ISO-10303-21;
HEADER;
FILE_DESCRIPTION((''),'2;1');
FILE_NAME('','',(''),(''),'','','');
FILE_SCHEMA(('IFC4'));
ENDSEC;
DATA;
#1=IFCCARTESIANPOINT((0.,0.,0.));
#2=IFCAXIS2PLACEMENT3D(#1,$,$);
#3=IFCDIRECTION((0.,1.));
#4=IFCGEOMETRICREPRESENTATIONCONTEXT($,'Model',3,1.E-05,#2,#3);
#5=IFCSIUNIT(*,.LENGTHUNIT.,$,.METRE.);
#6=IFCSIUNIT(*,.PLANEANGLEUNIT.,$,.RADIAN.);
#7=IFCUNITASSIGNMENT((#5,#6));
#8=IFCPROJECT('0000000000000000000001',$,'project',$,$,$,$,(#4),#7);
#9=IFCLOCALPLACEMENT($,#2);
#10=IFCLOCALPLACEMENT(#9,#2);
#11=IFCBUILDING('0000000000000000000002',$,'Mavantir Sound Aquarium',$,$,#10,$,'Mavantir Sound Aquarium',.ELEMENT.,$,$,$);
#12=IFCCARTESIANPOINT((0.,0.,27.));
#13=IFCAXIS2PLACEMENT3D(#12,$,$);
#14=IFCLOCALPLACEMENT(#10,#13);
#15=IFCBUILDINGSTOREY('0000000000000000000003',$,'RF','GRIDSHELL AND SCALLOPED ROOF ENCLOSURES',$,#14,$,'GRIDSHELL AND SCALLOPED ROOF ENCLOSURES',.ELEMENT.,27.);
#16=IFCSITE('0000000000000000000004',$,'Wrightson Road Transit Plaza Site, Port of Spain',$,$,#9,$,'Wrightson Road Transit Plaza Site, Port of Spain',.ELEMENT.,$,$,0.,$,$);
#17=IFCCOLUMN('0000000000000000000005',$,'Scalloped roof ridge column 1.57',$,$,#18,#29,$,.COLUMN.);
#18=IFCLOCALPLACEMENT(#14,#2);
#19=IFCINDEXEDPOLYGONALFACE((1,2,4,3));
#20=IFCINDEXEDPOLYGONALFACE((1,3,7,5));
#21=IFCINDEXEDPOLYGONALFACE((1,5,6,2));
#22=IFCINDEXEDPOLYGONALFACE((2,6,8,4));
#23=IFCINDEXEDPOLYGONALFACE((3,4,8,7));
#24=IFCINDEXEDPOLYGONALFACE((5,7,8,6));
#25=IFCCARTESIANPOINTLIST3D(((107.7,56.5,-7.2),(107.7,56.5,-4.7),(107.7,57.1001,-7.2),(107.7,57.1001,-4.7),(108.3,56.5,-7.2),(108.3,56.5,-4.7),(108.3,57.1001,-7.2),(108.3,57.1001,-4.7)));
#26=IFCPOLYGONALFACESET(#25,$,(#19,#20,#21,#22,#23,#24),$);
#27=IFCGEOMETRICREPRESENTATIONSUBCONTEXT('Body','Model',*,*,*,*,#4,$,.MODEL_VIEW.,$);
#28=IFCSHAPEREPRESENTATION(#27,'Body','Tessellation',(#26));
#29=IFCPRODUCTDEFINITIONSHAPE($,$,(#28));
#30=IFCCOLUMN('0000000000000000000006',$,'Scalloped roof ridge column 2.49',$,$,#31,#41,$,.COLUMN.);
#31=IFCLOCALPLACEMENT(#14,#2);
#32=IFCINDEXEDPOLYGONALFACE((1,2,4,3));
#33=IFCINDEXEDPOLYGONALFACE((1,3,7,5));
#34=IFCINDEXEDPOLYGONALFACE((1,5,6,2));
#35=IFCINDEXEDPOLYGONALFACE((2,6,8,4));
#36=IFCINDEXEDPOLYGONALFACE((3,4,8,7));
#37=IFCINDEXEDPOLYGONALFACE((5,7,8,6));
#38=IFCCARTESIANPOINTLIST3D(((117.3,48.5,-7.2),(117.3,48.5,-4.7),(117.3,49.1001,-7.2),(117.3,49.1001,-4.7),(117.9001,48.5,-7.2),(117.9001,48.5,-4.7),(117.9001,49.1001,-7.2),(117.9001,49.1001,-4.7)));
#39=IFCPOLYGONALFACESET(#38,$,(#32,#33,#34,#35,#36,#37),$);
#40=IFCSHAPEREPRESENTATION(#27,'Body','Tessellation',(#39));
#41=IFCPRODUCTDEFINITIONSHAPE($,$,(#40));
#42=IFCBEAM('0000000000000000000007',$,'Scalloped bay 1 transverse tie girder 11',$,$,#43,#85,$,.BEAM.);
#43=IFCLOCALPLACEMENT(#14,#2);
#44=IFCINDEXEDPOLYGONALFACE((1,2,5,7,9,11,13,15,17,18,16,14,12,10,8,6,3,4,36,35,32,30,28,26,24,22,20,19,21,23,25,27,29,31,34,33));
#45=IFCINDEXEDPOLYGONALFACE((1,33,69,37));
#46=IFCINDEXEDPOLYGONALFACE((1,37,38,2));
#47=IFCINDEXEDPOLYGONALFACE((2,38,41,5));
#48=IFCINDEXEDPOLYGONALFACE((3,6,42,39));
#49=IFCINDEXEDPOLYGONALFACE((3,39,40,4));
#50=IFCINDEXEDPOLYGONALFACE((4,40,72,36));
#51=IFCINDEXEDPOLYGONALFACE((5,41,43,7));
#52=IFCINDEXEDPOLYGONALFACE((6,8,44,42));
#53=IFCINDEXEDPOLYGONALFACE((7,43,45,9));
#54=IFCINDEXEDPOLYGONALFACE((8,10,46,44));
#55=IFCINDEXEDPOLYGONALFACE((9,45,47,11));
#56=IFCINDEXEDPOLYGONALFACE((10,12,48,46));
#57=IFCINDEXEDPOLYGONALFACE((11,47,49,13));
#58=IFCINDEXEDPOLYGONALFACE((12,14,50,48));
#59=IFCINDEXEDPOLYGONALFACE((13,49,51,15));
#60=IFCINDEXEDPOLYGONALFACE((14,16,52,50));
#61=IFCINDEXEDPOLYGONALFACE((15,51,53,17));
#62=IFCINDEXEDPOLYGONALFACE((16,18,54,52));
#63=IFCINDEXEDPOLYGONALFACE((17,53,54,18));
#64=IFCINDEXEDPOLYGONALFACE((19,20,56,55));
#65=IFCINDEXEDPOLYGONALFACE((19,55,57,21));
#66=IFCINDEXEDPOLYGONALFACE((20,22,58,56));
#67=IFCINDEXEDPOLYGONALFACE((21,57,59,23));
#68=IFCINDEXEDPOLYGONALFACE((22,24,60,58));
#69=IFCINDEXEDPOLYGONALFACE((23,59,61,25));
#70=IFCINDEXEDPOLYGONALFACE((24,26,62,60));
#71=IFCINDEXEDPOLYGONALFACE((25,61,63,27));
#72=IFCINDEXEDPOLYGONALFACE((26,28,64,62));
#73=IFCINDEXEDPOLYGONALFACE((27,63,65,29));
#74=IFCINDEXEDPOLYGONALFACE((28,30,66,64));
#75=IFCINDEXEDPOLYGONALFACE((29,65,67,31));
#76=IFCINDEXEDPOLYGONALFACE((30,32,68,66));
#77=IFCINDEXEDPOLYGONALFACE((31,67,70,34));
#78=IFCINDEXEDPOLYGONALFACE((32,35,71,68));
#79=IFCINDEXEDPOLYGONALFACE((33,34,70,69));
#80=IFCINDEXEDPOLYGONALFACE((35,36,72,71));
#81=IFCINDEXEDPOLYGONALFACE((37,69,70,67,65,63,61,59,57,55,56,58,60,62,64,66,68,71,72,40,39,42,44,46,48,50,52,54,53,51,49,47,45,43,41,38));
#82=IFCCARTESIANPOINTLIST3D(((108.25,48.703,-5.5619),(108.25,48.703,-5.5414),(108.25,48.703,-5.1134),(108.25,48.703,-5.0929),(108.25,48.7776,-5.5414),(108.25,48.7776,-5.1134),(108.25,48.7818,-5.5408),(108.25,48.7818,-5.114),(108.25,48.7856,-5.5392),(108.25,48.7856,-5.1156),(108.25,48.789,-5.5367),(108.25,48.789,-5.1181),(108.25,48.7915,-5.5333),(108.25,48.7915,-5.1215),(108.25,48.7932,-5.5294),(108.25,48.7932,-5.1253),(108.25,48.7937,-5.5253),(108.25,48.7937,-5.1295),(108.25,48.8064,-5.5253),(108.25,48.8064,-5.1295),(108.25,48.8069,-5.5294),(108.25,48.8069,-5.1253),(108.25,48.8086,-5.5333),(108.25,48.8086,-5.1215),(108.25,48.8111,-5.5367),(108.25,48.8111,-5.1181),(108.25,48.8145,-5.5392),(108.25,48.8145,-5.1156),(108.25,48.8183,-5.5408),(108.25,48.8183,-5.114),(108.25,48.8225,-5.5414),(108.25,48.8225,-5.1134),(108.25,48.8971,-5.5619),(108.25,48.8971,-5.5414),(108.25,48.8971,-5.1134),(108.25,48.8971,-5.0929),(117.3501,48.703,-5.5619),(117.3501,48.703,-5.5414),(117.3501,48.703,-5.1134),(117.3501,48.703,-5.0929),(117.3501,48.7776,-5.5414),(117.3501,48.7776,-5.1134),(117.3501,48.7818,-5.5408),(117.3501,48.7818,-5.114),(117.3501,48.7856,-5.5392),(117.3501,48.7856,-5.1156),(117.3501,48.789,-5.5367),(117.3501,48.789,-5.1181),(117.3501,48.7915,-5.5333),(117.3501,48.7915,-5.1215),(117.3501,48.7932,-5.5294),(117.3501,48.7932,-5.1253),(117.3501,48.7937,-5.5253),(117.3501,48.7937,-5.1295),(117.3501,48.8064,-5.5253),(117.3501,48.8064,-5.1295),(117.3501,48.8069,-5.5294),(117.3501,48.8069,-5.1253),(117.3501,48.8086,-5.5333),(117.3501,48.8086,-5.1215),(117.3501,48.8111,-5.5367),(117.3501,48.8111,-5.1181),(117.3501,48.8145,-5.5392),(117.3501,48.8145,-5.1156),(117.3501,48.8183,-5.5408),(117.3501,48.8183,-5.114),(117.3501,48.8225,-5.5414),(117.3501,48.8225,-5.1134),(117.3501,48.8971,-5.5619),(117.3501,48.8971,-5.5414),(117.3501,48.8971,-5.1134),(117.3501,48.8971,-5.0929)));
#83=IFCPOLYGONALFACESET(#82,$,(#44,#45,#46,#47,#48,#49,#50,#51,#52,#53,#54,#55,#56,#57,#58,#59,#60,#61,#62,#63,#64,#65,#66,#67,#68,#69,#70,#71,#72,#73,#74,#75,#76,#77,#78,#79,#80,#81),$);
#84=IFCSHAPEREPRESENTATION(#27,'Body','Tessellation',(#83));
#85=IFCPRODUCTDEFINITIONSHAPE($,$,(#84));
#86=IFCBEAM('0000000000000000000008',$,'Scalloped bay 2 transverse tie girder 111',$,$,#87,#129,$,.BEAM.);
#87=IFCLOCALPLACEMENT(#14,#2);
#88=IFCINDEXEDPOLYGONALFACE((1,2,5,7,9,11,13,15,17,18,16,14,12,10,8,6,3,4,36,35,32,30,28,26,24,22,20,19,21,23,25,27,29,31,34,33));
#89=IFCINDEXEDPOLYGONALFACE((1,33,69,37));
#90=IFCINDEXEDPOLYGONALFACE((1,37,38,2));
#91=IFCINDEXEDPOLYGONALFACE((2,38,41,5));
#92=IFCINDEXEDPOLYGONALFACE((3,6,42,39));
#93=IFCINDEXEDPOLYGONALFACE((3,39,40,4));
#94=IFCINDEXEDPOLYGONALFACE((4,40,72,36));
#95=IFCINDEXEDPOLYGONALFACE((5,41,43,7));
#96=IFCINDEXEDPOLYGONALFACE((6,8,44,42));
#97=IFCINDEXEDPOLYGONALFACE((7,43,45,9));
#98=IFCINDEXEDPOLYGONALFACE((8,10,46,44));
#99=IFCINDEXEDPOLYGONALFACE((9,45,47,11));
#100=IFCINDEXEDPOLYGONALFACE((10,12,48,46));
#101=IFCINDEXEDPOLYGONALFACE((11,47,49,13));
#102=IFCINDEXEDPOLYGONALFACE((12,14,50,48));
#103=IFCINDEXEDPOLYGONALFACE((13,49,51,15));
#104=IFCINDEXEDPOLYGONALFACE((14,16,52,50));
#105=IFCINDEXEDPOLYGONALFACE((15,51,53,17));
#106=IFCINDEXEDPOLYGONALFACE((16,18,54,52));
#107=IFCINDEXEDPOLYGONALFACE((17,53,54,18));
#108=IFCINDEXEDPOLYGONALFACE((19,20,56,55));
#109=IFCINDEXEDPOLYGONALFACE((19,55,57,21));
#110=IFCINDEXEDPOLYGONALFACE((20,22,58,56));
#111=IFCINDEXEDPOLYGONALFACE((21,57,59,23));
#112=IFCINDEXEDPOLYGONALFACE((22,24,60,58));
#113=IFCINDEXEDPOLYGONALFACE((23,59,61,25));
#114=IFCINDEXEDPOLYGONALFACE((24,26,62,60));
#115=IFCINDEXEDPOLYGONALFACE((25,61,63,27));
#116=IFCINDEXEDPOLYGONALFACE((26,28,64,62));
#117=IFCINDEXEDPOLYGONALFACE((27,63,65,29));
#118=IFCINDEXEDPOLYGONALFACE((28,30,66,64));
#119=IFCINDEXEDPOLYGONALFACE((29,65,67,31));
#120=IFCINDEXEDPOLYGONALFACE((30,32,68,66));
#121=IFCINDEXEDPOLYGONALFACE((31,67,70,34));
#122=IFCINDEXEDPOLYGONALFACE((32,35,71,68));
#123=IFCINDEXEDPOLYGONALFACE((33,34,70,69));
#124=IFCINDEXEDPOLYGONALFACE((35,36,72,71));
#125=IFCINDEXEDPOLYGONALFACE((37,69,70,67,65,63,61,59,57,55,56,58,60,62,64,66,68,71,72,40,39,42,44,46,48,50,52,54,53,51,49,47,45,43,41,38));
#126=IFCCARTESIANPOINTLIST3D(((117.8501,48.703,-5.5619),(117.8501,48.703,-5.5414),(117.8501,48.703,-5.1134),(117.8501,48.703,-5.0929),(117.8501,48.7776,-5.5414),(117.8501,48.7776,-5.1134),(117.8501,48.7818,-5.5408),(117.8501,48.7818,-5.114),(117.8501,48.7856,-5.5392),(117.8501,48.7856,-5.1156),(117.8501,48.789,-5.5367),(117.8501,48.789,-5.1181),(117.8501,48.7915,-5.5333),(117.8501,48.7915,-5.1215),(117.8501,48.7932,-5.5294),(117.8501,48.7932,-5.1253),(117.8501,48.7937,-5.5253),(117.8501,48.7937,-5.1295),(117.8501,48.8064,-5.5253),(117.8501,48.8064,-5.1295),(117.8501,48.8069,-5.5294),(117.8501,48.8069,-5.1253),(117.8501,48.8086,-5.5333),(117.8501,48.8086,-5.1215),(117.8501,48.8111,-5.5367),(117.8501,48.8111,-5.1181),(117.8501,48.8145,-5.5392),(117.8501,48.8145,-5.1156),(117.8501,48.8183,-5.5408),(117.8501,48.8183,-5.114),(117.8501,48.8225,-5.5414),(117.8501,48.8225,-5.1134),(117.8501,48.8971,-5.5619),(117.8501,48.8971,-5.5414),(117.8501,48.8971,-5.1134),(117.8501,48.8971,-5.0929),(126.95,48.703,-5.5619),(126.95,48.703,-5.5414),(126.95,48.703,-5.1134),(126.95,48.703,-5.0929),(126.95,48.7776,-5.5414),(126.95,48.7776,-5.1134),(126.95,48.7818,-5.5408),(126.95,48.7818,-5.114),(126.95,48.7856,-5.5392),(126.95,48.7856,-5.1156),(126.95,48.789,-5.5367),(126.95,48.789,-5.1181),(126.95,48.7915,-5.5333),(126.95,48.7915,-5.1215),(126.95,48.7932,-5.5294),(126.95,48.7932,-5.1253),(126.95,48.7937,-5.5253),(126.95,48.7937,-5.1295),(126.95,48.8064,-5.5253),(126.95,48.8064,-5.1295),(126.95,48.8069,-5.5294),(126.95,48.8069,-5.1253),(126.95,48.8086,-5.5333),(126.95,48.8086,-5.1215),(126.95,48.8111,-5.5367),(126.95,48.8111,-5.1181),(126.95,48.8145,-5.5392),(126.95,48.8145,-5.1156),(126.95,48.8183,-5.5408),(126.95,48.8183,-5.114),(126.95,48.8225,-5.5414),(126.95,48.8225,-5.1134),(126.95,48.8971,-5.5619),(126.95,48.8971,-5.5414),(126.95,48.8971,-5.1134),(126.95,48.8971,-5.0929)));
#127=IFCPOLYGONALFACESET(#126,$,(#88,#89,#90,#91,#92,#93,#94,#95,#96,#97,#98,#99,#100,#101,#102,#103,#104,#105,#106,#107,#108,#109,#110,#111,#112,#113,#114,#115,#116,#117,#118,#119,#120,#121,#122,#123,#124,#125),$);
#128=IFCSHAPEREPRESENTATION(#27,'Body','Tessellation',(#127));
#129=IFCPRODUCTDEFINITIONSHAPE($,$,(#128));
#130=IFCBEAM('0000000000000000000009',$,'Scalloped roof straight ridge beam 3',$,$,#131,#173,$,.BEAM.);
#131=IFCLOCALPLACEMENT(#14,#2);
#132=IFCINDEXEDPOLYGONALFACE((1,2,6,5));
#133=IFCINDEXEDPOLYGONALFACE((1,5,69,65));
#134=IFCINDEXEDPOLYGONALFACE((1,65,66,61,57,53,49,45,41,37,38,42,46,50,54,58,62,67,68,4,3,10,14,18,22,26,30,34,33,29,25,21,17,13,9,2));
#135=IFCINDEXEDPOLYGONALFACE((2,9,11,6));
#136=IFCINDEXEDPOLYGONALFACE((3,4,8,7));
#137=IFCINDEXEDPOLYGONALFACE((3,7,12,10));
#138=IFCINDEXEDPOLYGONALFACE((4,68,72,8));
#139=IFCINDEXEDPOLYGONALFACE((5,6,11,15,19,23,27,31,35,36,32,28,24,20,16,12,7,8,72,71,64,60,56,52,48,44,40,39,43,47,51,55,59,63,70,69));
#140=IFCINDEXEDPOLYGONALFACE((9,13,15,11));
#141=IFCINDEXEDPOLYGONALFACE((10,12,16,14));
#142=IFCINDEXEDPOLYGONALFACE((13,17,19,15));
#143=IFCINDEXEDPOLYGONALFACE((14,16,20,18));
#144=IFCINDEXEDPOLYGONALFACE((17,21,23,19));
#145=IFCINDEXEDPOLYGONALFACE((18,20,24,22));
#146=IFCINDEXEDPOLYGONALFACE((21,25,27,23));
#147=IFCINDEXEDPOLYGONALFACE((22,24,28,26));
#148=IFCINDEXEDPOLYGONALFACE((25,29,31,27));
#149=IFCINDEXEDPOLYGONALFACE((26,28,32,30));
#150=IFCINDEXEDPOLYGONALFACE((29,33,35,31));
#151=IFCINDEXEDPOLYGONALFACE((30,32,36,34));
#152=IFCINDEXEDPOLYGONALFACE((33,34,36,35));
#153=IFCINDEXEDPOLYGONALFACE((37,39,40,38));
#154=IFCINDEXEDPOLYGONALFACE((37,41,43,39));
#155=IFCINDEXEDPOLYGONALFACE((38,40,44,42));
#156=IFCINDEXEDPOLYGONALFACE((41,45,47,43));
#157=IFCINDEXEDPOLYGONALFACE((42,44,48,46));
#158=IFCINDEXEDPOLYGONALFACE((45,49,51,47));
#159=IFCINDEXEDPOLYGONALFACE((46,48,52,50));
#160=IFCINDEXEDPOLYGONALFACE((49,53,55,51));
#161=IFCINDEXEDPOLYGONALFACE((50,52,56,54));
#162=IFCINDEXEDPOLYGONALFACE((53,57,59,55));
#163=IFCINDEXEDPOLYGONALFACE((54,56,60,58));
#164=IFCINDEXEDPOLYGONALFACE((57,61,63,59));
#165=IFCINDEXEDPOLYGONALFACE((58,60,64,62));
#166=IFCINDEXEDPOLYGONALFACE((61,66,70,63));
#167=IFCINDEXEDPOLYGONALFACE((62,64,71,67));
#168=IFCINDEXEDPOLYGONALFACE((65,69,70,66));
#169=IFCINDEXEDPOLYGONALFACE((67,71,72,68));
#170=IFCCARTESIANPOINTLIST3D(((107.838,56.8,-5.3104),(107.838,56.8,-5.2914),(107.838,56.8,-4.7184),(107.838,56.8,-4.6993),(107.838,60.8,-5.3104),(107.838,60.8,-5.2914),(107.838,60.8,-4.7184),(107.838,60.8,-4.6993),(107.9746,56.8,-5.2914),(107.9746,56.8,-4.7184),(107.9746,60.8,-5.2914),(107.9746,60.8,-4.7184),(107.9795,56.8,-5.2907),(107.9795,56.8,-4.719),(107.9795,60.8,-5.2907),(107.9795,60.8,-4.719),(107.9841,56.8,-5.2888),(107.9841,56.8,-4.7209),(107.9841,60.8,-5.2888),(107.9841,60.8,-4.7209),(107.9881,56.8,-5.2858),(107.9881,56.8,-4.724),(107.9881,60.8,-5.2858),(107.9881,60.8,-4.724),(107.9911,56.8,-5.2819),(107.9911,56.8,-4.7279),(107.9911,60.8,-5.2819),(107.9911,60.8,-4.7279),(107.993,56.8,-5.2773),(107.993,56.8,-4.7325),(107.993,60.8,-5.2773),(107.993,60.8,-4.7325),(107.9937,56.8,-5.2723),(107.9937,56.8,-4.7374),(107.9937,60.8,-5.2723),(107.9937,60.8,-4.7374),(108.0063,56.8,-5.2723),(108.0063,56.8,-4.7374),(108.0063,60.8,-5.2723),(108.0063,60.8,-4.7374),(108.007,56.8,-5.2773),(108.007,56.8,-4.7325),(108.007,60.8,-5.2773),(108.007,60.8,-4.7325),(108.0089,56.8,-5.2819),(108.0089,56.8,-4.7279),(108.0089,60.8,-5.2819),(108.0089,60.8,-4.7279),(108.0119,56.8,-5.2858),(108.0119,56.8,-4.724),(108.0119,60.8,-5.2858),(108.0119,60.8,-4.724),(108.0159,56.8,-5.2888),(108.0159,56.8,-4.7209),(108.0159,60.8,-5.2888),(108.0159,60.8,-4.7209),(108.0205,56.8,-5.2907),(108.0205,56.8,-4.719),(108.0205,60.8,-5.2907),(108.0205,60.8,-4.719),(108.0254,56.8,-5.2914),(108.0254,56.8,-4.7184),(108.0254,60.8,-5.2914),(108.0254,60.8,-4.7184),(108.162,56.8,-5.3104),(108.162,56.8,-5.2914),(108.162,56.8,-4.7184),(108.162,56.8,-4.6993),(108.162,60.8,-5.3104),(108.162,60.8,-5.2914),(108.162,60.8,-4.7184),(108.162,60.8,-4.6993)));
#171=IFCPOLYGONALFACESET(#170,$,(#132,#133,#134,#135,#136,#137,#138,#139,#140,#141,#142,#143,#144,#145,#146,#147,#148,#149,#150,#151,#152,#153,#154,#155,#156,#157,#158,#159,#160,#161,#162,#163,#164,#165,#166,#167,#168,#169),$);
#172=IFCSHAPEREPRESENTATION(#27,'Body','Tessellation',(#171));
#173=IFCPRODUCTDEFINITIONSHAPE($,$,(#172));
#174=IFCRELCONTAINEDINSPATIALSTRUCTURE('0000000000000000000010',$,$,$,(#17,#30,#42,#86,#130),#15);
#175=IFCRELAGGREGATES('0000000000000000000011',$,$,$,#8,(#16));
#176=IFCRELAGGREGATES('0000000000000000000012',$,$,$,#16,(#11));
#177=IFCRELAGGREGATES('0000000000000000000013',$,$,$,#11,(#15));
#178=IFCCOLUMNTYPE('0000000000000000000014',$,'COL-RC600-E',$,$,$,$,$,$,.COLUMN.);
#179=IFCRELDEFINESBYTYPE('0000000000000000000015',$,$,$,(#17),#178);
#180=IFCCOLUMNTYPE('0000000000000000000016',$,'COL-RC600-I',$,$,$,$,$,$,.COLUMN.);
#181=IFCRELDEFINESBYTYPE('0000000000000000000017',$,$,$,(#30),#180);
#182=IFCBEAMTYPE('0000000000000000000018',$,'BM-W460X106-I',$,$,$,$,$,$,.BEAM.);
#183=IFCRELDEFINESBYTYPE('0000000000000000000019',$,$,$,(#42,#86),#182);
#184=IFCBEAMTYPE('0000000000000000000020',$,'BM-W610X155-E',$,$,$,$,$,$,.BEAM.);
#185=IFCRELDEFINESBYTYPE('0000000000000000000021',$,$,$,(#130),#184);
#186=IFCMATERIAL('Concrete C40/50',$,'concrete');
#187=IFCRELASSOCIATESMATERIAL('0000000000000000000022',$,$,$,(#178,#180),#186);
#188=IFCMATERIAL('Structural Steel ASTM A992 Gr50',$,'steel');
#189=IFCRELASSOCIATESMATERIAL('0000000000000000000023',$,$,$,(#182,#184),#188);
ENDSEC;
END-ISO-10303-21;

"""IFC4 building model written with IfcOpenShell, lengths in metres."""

from ifc_helpers import new_model, si_unit, direction, frame, origin, origin_2d, place, context, subcontext, project, spatial, rectangle, i_section, extrude, material, material_profile, profile_set, type_object, element, save


model = new_model("IFC4")

# Units and contexts
model_context = context("Model", 3, precision=1e-05, world=origin(), true_north=direction((0.0, 1.0)))
body_context = subcontext(model_context, "Body", "Model", "MODEL_VIEW")
ifc_project = project(units=[si_unit("LENGTHUNIT", "METRE"), si_unit("PLANEANGLEUNIT", "RADIAN")], contexts=[model_context])

# Site, building, storey
site_placement = place(None, origin())
site = spatial("IfcSite", under=ifc_project, at=site_placement, Name="Wrightson Road Transit Plaza Site, Port of Spain", LongName="Wrightson Road Transit Plaza Site, Port of Spain", CompositionType="ELEMENT", RefElevation=0.0)
building_placement = place(site_placement, origin())
building = spatial("IfcBuilding", under=site, at=building_placement, Name="Mavantir Sound Aquarium", LongName="Mavantir Sound Aquarium", CompositionType="ELEMENT")
storey_placement = place(building_placement, frame((0.0, 0.0, 27.0)))
storey = spatial("IfcBuildingStorey", under=building, at=storey_placement, Name="RF", Description="GRIDSHELL AND SCALLOPED ROOF ENCLOSURES", LongName="GRIDSHELL AND SCALLOPED ROOF ENCLOSURES", CompositionType="ELEMENT", Elevation=27.0)

# Columns
ifc_material_1 = material(Name="Concrete C40/50", Category="concrete")
ifc_material_profile_1 = material_profile(ifc_material_1, rectangle(XDim=0.6001, YDim=0.6001, at=origin_2d()), Name="RC 600X600")
ifc_profile_set_1 = profile_set([ifc_material_profile_1], Name="Concrete C40/50")
column_type_1 = type_object("IfcColumnType", Name="COL-RC600-E", PredefinedType="COLUMN", material=ifc_profile_set_1)
column_1_placement = place(storey_placement, frame((108.0, 56.8, -7.2), z_axis=(0.0, 0.0, 1.0), x_axis=(1.0, 0.0, 0.0)))
element("IfcColumn", 1, at=column_1_placement, inside=storey, type_object=column_type_1, Name="Scalloped roof ridge column 1.57", PredefinedType="COLUMN", context=body_context, shape_type="SweptSolid", body=[
    extrude(rectangle(XDim=0.6001, YDim=0.6001, at=origin_2d()), origin(), (0.0, 0.0, 1.0), 2.5),
])
ifc_material_profile_2 = material_profile(ifc_material_1, rectangle(XDim=0.6001, YDim=0.6001, at=origin_2d()), Name="RC 600X600")
ifc_profile_set_2 = profile_set([ifc_material_profile_2], Name="Concrete C40/50")
column_type_2 = type_object("IfcColumnType", Name="COL-RC600-I", PredefinedType="COLUMN", material=ifc_profile_set_2)
column_2_placement = place(storey_placement, frame((117.6001, 48.8, -7.2), z_axis=(0.0, 0.0, 1.0), x_axis=(1.0, 0.0, 0.0)))
element("IfcColumn", 2, at=column_2_placement, inside=storey, type_object=column_type_2, Name="Scalloped roof ridge column 2.49", PredefinedType="COLUMN", context=body_context, shape_type="SweptSolid", body=[
    extrude(rectangle(XDim=0.6001, YDim=0.6001, at=origin_2d()), origin(), (0.0, 0.0, 1.0), 2.5),
])

# Beams
ifc_material_2 = material(Name="Structural Steel ASTM A992 Gr50", Category="steel")
ifc_material_profile_3 = material_profile(ifc_material_2, i_section(OverallWidth=0.1941, OverallDepth=0.469, WebThickness=0.0127, FlangeThickness=0.0205, FilletRadius=0.0161, at=origin_2d()), Name="W460X106")
ifc_profile_set_3 = profile_set([ifc_material_profile_3], Name="Structural Steel ASTM A992 Gr50")
beam_type_1 = type_object("IfcBeamType", Name="BM-W460X106-I", PredefinedType="BEAM", material=ifc_profile_set_3)
beam_1_placement = place(storey_placement, frame((108.25, 48.8, -5.3274), z_axis=(1.0, 0.0, 0.0), x_axis=(0.0, 1.0, 0.0)))
element("IfcBeam", 3, at=beam_1_placement, inside=storey, type_object=beam_type_1, Name="Scalloped bay 1 transverse tie girder 11", PredefinedType="BEAM", context=body_context, shape_type="SweptSolid", body=[
    extrude(i_section(OverallWidth=0.1941, OverallDepth=0.469, WebThickness=0.0127, FlangeThickness=0.0205, FilletRadius=0.0161, at=origin_2d()), origin(), (0.0, 0.0, 1.0), 9.1001),
])
beam_2_placement = place(storey_placement, frame((117.8501, 48.8, -5.3274), z_axis=(1.0, 0.0, 0.0), x_axis=(0.0, 1.0, 0.0)))
element("IfcBeam", 4, at=beam_2_placement, inside=storey, type_object=beam_type_1, Name="Scalloped bay 2 transverse tie girder 111", PredefinedType="BEAM", context=body_context, shape_type="SweptSolid", body=[
    extrude(i_section(OverallWidth=0.1941, OverallDepth=0.469, WebThickness=0.0127, FlangeThickness=0.0205, FilletRadius=0.0161, at=origin_2d()), origin(), (0.0, 0.0, 1.0), 9.0999),
])
ifc_material_profile_4 = material_profile(ifc_material_2, i_section(OverallWidth=0.324, OverallDepth=0.6111, WebThickness=0.0127, FlangeThickness=0.019, FilletRadius=0.019, at=origin_2d()), Name="W610X155")
ifc_profile_set_4 = profile_set([ifc_material_profile_4], Name="Structural Steel ASTM A992 Gr50")
beam_type_2 = type_object("IfcBeamType", Name="BM-W610X155-E", PredefinedType="BEAM", material=ifc_profile_set_4)
beam_3_placement = place(storey_placement, frame((108.0, 56.8, -5.0049), z_axis=(0.0, 1.0, 0.0), x_axis=(-1.0, 0.0, 0.0)))
element("IfcBeam", 5, at=beam_3_placement, inside=storey, type_object=beam_type_2, Name="Scalloped roof straight ridge beam 3", PredefinedType="BEAM", context=body_context, shape_type="SweptSolid", body=[
    extrude(i_section(OverallWidth=0.324, OverallDepth=0.6111, WebThickness=0.0127, FlangeThickness=0.019, FilletRadius=0.019, at=origin_2d()), origin(), (0.0, 0.0, 1.0), 4.0),
])

save(model, "model.ifc")
